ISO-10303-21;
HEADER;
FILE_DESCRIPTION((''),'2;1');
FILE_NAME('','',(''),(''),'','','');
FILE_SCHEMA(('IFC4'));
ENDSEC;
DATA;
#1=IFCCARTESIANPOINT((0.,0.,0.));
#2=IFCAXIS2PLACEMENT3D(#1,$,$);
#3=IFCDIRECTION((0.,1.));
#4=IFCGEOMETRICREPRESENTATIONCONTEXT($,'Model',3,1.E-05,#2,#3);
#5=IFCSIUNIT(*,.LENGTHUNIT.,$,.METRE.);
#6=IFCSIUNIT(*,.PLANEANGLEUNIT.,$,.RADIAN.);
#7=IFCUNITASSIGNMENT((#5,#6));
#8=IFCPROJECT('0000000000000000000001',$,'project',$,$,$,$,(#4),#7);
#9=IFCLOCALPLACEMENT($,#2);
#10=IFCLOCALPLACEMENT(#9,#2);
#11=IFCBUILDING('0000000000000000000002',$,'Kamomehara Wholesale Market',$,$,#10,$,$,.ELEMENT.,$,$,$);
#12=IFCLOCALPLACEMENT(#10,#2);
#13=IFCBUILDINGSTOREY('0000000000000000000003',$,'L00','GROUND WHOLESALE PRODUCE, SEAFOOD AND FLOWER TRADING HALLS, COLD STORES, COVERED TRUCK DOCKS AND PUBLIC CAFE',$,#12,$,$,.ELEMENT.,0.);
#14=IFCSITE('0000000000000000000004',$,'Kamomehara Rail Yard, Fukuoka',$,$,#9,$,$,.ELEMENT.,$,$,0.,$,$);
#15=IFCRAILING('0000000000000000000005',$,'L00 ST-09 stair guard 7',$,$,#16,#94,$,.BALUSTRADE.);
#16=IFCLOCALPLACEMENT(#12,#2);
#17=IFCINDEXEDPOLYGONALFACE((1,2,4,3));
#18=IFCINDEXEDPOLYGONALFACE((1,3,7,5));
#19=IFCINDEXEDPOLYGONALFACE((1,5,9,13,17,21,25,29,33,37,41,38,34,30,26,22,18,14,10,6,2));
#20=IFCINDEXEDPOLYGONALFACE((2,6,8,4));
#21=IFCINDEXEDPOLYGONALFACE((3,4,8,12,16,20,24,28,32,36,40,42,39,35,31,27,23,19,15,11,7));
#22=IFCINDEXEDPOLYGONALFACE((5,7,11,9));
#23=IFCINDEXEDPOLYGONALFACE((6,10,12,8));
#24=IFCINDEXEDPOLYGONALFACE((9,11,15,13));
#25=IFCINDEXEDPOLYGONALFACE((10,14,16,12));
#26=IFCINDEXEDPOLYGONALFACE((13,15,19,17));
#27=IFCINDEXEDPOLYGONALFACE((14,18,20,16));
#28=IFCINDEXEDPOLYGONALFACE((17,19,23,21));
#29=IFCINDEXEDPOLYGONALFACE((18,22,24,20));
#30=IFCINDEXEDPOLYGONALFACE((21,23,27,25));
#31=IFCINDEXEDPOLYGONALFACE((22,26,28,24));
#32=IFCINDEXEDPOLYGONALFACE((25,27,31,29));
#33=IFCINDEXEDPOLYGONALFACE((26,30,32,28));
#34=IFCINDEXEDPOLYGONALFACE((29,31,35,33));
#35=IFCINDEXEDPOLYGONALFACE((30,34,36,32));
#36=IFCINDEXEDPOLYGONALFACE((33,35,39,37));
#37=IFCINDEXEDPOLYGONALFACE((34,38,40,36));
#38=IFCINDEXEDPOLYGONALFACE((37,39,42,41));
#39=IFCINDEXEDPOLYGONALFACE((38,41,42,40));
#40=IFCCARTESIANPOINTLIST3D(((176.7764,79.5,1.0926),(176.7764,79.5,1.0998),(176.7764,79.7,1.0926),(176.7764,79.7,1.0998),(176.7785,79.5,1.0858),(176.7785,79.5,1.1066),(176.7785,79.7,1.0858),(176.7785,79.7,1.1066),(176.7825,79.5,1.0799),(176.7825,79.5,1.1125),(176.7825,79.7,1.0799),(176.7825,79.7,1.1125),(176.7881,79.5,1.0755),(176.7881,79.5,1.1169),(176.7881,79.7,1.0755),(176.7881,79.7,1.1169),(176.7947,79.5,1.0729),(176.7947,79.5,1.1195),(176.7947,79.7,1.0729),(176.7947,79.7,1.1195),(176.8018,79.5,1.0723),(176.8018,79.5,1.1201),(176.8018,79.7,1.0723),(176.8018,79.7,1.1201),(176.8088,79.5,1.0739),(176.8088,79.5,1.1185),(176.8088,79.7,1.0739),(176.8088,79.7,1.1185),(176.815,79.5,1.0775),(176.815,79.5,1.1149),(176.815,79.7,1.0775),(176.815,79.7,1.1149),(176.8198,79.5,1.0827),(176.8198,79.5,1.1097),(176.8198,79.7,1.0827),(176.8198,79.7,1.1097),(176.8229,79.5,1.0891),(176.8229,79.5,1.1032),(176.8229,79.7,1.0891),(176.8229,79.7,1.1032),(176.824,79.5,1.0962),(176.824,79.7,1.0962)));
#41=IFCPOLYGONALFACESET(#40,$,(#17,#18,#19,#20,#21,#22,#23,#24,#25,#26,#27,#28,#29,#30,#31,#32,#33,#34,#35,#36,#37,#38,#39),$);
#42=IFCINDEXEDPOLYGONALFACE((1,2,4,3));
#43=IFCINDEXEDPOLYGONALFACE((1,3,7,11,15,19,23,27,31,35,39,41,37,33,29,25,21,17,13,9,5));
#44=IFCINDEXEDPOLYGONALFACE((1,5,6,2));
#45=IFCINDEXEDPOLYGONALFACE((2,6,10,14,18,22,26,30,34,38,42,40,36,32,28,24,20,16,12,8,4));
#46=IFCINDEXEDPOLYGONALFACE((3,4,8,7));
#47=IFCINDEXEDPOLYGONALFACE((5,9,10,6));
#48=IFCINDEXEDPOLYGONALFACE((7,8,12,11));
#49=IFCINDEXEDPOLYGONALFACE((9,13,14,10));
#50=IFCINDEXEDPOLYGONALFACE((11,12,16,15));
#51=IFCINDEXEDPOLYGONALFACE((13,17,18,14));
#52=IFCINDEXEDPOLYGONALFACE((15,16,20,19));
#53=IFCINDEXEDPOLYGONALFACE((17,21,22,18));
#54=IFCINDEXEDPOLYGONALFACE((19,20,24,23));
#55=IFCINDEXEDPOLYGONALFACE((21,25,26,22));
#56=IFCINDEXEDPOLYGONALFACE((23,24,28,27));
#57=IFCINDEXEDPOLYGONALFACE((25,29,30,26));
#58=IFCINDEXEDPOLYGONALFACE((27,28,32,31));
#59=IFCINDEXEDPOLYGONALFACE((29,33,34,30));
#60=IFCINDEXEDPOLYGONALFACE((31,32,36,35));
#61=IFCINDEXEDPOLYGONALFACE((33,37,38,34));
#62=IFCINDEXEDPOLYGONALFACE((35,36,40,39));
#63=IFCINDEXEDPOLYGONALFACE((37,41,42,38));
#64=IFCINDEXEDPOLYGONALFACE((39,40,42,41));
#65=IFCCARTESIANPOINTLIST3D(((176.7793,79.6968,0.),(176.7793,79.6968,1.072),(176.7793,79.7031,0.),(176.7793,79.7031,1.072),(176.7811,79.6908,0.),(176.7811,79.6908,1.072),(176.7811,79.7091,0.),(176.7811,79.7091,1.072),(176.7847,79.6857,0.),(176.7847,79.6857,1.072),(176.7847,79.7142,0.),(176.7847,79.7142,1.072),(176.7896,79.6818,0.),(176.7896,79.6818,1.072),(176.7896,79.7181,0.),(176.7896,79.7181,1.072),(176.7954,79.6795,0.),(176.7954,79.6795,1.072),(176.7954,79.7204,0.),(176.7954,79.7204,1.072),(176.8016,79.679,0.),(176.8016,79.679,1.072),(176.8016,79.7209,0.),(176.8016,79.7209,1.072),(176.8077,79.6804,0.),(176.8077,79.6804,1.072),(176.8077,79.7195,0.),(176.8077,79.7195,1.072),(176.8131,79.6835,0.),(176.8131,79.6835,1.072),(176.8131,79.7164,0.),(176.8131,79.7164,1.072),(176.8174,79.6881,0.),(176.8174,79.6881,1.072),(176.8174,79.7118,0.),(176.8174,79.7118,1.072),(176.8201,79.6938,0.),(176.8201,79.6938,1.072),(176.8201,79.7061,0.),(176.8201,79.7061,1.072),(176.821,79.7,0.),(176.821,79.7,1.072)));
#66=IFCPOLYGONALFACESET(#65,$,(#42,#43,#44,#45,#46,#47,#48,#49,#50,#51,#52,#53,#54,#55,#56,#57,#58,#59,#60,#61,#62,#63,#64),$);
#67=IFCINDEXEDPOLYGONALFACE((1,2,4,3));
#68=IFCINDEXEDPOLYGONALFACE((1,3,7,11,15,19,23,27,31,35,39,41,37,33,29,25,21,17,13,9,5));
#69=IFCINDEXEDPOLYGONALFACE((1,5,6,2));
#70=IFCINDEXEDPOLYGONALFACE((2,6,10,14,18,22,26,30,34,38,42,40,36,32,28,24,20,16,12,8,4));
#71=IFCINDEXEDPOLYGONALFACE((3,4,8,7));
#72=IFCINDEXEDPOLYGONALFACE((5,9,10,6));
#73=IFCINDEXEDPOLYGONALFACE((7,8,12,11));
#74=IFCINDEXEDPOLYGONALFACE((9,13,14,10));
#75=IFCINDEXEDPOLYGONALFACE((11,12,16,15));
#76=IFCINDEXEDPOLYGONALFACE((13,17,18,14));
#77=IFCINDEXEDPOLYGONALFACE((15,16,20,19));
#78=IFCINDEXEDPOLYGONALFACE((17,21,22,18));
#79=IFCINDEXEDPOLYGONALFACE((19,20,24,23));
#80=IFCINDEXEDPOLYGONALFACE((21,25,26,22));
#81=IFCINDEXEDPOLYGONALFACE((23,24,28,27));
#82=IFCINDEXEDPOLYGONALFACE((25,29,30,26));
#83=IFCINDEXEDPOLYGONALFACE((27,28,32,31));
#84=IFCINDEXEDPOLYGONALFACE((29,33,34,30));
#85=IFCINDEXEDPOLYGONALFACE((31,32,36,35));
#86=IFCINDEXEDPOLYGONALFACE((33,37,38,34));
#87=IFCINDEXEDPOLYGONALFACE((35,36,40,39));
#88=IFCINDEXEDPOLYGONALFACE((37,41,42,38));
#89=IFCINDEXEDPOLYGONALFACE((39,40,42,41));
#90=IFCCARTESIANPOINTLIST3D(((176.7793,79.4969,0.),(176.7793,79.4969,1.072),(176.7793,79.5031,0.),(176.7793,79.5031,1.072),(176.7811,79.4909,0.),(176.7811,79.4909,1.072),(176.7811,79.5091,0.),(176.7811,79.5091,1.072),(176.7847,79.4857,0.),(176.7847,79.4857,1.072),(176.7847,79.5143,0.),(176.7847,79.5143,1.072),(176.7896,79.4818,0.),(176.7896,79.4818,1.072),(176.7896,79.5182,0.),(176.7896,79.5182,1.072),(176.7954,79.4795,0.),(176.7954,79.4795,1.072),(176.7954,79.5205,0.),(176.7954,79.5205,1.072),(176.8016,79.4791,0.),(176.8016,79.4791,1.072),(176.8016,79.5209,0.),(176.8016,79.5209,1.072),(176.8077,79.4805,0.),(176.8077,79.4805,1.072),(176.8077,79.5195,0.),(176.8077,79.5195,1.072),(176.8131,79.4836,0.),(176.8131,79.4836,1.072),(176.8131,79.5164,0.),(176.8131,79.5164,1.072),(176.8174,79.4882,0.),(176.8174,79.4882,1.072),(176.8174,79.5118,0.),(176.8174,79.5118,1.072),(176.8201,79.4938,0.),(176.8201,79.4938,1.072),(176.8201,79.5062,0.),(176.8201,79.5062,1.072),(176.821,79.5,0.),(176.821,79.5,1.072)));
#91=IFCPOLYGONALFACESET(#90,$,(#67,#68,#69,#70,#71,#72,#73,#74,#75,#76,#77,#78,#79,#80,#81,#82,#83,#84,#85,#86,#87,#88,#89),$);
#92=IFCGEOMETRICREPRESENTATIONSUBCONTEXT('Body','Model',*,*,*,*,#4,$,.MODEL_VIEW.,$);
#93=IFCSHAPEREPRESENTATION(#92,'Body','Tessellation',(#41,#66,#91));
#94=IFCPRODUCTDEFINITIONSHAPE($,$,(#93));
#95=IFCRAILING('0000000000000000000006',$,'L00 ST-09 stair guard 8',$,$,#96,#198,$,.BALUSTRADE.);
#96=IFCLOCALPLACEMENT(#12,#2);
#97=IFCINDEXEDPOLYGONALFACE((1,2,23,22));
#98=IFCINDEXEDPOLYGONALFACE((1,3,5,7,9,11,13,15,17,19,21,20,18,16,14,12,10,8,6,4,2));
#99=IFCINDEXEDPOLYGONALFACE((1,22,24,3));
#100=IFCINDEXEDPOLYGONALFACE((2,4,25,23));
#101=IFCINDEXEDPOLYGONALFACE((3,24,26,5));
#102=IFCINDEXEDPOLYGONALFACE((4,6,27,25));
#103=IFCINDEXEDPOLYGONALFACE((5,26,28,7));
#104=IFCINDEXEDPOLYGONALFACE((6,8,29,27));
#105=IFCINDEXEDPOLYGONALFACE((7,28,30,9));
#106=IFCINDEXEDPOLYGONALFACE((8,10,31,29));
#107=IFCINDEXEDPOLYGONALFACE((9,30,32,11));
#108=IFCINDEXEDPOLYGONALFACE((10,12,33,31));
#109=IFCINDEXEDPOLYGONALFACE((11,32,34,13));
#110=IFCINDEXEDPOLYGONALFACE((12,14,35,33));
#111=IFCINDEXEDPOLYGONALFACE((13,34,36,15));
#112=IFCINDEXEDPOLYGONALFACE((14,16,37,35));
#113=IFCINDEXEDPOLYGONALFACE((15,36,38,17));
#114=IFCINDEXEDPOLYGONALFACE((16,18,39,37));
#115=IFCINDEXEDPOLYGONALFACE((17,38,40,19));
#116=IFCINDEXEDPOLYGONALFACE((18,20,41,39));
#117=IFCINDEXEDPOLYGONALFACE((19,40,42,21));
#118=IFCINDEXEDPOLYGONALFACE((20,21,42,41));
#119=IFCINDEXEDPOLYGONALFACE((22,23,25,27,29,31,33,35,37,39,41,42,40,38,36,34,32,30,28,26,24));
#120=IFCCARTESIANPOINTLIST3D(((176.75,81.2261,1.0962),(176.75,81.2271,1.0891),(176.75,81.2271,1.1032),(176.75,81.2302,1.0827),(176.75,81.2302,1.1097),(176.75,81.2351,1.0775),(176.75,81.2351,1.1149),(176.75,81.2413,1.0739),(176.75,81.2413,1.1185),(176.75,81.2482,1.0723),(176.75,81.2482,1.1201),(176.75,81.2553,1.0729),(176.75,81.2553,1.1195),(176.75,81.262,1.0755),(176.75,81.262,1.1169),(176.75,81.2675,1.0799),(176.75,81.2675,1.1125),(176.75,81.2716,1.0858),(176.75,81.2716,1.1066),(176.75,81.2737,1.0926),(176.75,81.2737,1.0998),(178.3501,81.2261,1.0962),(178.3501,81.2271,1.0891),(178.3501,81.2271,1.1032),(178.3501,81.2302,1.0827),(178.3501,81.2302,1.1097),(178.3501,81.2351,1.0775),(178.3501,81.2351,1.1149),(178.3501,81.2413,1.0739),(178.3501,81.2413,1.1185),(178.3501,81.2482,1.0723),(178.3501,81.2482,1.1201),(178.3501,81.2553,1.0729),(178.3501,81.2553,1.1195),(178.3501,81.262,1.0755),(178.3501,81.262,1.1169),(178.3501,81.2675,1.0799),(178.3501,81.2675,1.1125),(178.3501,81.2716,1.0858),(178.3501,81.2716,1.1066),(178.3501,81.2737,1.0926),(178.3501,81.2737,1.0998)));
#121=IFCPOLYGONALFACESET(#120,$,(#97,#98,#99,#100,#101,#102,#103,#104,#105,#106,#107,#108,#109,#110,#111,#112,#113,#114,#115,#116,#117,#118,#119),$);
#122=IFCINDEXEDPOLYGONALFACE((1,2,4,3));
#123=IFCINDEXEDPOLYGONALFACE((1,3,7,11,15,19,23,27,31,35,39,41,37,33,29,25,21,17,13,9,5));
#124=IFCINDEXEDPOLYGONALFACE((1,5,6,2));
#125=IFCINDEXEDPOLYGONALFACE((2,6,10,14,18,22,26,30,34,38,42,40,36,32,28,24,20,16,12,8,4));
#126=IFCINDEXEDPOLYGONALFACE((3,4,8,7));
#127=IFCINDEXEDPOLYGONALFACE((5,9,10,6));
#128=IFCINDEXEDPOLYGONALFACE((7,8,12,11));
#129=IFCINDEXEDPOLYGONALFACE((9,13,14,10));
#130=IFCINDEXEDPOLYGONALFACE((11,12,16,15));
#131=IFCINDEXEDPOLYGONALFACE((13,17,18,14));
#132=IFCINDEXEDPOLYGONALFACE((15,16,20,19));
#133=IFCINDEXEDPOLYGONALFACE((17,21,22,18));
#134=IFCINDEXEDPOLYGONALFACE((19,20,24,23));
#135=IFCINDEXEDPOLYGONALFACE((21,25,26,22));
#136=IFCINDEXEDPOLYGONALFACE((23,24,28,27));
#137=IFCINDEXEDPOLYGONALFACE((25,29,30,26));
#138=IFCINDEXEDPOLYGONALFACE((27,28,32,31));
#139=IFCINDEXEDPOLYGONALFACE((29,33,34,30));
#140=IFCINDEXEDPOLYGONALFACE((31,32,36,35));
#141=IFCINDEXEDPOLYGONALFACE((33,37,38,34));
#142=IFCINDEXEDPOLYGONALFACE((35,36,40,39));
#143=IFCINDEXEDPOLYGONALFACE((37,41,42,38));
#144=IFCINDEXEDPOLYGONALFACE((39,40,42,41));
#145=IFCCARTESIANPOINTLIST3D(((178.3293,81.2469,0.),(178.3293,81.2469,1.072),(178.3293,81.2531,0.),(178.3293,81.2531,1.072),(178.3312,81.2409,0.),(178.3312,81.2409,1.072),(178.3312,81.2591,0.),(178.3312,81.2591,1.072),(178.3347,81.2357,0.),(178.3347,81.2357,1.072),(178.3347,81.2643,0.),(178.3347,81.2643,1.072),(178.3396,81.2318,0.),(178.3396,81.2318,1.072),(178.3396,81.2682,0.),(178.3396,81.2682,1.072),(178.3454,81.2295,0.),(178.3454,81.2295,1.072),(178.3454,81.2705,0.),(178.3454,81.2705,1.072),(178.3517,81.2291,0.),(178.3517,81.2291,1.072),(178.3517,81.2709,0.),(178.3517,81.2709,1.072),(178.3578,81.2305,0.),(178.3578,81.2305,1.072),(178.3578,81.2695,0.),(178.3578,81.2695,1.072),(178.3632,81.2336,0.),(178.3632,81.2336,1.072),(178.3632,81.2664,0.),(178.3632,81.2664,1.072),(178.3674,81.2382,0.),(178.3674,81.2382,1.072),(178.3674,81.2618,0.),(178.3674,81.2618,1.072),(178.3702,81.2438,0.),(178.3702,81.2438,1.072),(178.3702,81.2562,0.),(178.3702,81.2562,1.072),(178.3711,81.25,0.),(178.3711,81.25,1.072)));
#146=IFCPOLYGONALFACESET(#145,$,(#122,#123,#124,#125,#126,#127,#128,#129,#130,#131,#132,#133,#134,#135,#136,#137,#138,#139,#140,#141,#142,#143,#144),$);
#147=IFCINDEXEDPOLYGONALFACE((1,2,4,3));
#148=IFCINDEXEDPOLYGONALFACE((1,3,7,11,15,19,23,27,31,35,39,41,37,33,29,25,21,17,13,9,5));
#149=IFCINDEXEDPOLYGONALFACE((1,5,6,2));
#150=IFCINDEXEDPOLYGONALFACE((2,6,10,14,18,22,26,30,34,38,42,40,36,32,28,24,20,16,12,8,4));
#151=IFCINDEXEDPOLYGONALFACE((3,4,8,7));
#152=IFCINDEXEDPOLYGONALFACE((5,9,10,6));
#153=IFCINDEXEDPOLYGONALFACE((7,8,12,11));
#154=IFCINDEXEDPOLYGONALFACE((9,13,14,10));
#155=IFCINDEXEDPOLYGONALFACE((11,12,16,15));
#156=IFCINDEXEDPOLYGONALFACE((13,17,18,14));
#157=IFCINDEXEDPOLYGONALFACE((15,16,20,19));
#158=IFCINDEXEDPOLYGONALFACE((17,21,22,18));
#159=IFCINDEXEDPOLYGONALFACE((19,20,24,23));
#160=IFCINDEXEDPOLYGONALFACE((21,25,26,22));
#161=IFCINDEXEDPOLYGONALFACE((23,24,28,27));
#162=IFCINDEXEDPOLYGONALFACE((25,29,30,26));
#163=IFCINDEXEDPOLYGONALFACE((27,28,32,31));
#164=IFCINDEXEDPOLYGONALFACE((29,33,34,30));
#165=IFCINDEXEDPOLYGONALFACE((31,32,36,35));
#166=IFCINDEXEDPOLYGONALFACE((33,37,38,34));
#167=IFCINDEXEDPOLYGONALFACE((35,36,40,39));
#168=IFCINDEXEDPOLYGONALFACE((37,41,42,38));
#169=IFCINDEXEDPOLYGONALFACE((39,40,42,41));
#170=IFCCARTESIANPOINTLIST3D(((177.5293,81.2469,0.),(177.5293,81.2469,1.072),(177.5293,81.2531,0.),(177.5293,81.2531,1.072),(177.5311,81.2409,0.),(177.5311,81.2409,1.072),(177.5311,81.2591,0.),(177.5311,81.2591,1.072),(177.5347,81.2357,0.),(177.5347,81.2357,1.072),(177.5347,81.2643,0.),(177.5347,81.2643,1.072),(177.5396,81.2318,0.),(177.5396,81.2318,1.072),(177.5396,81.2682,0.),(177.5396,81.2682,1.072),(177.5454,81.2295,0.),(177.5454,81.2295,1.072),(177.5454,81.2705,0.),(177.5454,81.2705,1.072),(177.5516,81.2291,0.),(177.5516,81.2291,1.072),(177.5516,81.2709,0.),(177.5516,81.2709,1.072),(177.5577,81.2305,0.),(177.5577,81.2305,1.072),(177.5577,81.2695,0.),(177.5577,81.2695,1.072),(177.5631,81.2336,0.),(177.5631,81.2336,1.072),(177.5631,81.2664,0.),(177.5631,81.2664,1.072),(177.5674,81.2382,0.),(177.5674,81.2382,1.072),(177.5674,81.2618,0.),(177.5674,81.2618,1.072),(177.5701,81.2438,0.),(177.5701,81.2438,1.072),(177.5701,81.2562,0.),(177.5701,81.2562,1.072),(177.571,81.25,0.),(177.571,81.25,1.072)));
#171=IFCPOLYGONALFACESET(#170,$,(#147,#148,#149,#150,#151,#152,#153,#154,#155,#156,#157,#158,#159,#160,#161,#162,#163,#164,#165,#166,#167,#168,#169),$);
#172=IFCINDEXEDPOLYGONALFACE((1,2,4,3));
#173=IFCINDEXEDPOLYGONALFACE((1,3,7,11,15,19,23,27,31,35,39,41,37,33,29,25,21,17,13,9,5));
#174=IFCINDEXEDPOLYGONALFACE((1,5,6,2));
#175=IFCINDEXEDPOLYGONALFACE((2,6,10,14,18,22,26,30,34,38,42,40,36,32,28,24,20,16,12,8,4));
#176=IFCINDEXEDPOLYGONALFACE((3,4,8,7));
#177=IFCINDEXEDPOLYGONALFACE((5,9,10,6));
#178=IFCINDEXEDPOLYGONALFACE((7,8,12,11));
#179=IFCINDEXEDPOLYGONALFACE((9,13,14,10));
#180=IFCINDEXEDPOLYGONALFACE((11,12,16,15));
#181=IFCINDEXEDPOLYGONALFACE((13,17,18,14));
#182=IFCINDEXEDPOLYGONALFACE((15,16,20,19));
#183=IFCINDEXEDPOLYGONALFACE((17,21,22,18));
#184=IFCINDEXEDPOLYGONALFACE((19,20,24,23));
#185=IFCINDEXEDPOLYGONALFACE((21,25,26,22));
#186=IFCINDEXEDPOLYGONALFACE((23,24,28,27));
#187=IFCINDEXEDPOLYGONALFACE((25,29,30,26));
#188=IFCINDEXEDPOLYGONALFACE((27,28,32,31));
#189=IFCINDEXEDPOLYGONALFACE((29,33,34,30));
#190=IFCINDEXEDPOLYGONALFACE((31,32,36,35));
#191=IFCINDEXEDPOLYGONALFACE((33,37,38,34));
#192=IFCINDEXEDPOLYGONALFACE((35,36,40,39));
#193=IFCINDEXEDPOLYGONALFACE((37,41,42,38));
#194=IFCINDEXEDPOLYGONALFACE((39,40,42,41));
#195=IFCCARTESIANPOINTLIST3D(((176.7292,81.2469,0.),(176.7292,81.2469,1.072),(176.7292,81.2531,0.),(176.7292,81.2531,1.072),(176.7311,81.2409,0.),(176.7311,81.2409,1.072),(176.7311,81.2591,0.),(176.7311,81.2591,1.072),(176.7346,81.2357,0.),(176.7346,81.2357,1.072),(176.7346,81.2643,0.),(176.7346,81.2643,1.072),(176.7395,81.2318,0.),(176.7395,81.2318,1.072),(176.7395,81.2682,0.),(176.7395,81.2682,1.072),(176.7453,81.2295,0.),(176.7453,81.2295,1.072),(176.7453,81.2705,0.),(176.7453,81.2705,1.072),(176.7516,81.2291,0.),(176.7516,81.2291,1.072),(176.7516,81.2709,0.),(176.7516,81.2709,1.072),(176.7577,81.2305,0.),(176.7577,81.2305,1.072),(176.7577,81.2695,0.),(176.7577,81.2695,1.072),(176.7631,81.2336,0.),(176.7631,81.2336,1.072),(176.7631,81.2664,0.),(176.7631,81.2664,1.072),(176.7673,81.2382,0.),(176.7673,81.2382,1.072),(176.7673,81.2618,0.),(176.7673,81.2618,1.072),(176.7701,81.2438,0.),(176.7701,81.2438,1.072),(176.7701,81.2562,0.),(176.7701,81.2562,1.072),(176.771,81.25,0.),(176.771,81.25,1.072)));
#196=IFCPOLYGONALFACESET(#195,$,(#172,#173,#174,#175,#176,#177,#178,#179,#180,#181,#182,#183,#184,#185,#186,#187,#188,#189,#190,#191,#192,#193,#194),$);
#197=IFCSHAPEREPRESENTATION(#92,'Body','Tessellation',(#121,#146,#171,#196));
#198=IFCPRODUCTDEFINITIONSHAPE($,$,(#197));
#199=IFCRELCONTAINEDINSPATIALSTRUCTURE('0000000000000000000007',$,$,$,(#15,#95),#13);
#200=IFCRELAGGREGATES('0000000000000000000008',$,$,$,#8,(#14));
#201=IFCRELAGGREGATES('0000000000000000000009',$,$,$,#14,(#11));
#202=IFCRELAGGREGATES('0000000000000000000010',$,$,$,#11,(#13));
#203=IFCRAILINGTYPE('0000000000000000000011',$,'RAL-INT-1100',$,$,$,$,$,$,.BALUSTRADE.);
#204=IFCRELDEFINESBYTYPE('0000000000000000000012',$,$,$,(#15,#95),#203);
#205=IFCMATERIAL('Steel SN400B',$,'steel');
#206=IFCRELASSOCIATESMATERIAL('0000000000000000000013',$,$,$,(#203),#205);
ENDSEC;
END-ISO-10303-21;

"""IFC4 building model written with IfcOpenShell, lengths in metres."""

from ifc_helpers import new_model, si_unit, direction, frame, origin, origin_2d, place, context, subcontext, project, spatial, circle, extrude, material, type_object, element, save


model = new_model("IFC4")

# Units and contexts
model_context = context("Model", 3, precision=1e-05, world=origin(), true_north=direction((0.0, 1.0)))
body_context = subcontext(model_context, "Body", "Model", "MODEL_VIEW")
ifc_project = project(units=[si_unit("LENGTHUNIT", "METRE"), si_unit("PLANEANGLEUNIT", "RADIAN")], contexts=[model_context])

# Site, building, storey
site_placement = place(None, origin())
site = spatial("IfcSite", under=ifc_project, at=site_placement, Name="Kamomehara Rail Yard, Fukuoka", CompositionType="ELEMENT", RefElevation=0.0)
building_placement = place(site_placement, origin())
building = spatial("IfcBuilding", under=site, at=building_placement, Name="Kamomehara Wholesale Market", CompositionType="ELEMENT")
storey_placement = place(building_placement, origin())
storey = spatial("IfcBuildingStorey", under=building, at=storey_placement, Name="L00", Description="GROUND WHOLESALE PRODUCE, SEAFOOD AND FLOWER TRADING HALLS, COLD STORES, COVERED TRUCK DOCKS AND PUBLIC CAFE", CompositionType="ELEMENT", Elevation=0.0)

# Railings
ifc_material_1 = material(Name="Steel SN400B", Category="steel")
railing_type_1 = type_object("IfcRailingType", Name="RAL-INT-1100", PredefinedType="BALUSTRADE", material=ifc_material_1)
railing_1_placement = place(storey_placement, frame((176.8, 79.7, 0.0)))
element("IfcRailing", 1, at=railing_1_placement, inside=storey, type_object=railing_type_1, Name="L00 ST-09 stair guard 7", PredefinedType="BALUSTRADE", context=body_context, shape_type="SweptSolid", body=[
    extrude(circle(Radius=0.0239, at=origin_2d()), frame((0.0, 0.0, 1.0962), z_axis=(0.0, -1.0, 0.0), x_axis=(1.0, 0.0, 0.0)), (0.0, 0.0, 1.0), 0.2),
    extrude(circle(Radius=0.021, at=origin_2d()), origin(), (0.0, 0.0, 1.0), 1.072),
    extrude(circle(Radius=0.021, at=origin_2d()), frame((0.0, -0.2, 0.0)), (0.0, 0.0, 1.0), 1.072),
])
for number, where, name in (
    (2, (178.3501, 81.25, 0.0), "L00 ST-09 stair guard 8"),
):
    element("IfcRailing", number, at=place(storey_placement, frame(where)), inside=storey, type_object=railing_type_1, Name=name, PredefinedType="BALUSTRADE", context=body_context, shape_type="SweptSolid", body=[
        extrude(circle(Radius=0.0239, at=origin_2d()), frame((0.0, 0.0, 1.0962), z_axis=(-1.0, 0.0, 0.0), x_axis=(0.0, -1.0, 0.0)), (0.0, 0.0, 1.0), 1.6001),
        extrude(circle(Radius=0.021, at=origin_2d()), origin(), (0.0, 0.0, 1.0), 1.072),
        extrude(circle(Radius=0.021, at=origin_2d()), frame((-0.8, 0.0, 0.0)), (0.0, 0.0, 1.0), 1.072),
        extrude(circle(Radius=0.021, at=origin_2d()), frame((-1.6001, 0.0, 0.0)), (0.0, 0.0, 1.0), 1.072),
    ])

save(model, "model.ifc")
